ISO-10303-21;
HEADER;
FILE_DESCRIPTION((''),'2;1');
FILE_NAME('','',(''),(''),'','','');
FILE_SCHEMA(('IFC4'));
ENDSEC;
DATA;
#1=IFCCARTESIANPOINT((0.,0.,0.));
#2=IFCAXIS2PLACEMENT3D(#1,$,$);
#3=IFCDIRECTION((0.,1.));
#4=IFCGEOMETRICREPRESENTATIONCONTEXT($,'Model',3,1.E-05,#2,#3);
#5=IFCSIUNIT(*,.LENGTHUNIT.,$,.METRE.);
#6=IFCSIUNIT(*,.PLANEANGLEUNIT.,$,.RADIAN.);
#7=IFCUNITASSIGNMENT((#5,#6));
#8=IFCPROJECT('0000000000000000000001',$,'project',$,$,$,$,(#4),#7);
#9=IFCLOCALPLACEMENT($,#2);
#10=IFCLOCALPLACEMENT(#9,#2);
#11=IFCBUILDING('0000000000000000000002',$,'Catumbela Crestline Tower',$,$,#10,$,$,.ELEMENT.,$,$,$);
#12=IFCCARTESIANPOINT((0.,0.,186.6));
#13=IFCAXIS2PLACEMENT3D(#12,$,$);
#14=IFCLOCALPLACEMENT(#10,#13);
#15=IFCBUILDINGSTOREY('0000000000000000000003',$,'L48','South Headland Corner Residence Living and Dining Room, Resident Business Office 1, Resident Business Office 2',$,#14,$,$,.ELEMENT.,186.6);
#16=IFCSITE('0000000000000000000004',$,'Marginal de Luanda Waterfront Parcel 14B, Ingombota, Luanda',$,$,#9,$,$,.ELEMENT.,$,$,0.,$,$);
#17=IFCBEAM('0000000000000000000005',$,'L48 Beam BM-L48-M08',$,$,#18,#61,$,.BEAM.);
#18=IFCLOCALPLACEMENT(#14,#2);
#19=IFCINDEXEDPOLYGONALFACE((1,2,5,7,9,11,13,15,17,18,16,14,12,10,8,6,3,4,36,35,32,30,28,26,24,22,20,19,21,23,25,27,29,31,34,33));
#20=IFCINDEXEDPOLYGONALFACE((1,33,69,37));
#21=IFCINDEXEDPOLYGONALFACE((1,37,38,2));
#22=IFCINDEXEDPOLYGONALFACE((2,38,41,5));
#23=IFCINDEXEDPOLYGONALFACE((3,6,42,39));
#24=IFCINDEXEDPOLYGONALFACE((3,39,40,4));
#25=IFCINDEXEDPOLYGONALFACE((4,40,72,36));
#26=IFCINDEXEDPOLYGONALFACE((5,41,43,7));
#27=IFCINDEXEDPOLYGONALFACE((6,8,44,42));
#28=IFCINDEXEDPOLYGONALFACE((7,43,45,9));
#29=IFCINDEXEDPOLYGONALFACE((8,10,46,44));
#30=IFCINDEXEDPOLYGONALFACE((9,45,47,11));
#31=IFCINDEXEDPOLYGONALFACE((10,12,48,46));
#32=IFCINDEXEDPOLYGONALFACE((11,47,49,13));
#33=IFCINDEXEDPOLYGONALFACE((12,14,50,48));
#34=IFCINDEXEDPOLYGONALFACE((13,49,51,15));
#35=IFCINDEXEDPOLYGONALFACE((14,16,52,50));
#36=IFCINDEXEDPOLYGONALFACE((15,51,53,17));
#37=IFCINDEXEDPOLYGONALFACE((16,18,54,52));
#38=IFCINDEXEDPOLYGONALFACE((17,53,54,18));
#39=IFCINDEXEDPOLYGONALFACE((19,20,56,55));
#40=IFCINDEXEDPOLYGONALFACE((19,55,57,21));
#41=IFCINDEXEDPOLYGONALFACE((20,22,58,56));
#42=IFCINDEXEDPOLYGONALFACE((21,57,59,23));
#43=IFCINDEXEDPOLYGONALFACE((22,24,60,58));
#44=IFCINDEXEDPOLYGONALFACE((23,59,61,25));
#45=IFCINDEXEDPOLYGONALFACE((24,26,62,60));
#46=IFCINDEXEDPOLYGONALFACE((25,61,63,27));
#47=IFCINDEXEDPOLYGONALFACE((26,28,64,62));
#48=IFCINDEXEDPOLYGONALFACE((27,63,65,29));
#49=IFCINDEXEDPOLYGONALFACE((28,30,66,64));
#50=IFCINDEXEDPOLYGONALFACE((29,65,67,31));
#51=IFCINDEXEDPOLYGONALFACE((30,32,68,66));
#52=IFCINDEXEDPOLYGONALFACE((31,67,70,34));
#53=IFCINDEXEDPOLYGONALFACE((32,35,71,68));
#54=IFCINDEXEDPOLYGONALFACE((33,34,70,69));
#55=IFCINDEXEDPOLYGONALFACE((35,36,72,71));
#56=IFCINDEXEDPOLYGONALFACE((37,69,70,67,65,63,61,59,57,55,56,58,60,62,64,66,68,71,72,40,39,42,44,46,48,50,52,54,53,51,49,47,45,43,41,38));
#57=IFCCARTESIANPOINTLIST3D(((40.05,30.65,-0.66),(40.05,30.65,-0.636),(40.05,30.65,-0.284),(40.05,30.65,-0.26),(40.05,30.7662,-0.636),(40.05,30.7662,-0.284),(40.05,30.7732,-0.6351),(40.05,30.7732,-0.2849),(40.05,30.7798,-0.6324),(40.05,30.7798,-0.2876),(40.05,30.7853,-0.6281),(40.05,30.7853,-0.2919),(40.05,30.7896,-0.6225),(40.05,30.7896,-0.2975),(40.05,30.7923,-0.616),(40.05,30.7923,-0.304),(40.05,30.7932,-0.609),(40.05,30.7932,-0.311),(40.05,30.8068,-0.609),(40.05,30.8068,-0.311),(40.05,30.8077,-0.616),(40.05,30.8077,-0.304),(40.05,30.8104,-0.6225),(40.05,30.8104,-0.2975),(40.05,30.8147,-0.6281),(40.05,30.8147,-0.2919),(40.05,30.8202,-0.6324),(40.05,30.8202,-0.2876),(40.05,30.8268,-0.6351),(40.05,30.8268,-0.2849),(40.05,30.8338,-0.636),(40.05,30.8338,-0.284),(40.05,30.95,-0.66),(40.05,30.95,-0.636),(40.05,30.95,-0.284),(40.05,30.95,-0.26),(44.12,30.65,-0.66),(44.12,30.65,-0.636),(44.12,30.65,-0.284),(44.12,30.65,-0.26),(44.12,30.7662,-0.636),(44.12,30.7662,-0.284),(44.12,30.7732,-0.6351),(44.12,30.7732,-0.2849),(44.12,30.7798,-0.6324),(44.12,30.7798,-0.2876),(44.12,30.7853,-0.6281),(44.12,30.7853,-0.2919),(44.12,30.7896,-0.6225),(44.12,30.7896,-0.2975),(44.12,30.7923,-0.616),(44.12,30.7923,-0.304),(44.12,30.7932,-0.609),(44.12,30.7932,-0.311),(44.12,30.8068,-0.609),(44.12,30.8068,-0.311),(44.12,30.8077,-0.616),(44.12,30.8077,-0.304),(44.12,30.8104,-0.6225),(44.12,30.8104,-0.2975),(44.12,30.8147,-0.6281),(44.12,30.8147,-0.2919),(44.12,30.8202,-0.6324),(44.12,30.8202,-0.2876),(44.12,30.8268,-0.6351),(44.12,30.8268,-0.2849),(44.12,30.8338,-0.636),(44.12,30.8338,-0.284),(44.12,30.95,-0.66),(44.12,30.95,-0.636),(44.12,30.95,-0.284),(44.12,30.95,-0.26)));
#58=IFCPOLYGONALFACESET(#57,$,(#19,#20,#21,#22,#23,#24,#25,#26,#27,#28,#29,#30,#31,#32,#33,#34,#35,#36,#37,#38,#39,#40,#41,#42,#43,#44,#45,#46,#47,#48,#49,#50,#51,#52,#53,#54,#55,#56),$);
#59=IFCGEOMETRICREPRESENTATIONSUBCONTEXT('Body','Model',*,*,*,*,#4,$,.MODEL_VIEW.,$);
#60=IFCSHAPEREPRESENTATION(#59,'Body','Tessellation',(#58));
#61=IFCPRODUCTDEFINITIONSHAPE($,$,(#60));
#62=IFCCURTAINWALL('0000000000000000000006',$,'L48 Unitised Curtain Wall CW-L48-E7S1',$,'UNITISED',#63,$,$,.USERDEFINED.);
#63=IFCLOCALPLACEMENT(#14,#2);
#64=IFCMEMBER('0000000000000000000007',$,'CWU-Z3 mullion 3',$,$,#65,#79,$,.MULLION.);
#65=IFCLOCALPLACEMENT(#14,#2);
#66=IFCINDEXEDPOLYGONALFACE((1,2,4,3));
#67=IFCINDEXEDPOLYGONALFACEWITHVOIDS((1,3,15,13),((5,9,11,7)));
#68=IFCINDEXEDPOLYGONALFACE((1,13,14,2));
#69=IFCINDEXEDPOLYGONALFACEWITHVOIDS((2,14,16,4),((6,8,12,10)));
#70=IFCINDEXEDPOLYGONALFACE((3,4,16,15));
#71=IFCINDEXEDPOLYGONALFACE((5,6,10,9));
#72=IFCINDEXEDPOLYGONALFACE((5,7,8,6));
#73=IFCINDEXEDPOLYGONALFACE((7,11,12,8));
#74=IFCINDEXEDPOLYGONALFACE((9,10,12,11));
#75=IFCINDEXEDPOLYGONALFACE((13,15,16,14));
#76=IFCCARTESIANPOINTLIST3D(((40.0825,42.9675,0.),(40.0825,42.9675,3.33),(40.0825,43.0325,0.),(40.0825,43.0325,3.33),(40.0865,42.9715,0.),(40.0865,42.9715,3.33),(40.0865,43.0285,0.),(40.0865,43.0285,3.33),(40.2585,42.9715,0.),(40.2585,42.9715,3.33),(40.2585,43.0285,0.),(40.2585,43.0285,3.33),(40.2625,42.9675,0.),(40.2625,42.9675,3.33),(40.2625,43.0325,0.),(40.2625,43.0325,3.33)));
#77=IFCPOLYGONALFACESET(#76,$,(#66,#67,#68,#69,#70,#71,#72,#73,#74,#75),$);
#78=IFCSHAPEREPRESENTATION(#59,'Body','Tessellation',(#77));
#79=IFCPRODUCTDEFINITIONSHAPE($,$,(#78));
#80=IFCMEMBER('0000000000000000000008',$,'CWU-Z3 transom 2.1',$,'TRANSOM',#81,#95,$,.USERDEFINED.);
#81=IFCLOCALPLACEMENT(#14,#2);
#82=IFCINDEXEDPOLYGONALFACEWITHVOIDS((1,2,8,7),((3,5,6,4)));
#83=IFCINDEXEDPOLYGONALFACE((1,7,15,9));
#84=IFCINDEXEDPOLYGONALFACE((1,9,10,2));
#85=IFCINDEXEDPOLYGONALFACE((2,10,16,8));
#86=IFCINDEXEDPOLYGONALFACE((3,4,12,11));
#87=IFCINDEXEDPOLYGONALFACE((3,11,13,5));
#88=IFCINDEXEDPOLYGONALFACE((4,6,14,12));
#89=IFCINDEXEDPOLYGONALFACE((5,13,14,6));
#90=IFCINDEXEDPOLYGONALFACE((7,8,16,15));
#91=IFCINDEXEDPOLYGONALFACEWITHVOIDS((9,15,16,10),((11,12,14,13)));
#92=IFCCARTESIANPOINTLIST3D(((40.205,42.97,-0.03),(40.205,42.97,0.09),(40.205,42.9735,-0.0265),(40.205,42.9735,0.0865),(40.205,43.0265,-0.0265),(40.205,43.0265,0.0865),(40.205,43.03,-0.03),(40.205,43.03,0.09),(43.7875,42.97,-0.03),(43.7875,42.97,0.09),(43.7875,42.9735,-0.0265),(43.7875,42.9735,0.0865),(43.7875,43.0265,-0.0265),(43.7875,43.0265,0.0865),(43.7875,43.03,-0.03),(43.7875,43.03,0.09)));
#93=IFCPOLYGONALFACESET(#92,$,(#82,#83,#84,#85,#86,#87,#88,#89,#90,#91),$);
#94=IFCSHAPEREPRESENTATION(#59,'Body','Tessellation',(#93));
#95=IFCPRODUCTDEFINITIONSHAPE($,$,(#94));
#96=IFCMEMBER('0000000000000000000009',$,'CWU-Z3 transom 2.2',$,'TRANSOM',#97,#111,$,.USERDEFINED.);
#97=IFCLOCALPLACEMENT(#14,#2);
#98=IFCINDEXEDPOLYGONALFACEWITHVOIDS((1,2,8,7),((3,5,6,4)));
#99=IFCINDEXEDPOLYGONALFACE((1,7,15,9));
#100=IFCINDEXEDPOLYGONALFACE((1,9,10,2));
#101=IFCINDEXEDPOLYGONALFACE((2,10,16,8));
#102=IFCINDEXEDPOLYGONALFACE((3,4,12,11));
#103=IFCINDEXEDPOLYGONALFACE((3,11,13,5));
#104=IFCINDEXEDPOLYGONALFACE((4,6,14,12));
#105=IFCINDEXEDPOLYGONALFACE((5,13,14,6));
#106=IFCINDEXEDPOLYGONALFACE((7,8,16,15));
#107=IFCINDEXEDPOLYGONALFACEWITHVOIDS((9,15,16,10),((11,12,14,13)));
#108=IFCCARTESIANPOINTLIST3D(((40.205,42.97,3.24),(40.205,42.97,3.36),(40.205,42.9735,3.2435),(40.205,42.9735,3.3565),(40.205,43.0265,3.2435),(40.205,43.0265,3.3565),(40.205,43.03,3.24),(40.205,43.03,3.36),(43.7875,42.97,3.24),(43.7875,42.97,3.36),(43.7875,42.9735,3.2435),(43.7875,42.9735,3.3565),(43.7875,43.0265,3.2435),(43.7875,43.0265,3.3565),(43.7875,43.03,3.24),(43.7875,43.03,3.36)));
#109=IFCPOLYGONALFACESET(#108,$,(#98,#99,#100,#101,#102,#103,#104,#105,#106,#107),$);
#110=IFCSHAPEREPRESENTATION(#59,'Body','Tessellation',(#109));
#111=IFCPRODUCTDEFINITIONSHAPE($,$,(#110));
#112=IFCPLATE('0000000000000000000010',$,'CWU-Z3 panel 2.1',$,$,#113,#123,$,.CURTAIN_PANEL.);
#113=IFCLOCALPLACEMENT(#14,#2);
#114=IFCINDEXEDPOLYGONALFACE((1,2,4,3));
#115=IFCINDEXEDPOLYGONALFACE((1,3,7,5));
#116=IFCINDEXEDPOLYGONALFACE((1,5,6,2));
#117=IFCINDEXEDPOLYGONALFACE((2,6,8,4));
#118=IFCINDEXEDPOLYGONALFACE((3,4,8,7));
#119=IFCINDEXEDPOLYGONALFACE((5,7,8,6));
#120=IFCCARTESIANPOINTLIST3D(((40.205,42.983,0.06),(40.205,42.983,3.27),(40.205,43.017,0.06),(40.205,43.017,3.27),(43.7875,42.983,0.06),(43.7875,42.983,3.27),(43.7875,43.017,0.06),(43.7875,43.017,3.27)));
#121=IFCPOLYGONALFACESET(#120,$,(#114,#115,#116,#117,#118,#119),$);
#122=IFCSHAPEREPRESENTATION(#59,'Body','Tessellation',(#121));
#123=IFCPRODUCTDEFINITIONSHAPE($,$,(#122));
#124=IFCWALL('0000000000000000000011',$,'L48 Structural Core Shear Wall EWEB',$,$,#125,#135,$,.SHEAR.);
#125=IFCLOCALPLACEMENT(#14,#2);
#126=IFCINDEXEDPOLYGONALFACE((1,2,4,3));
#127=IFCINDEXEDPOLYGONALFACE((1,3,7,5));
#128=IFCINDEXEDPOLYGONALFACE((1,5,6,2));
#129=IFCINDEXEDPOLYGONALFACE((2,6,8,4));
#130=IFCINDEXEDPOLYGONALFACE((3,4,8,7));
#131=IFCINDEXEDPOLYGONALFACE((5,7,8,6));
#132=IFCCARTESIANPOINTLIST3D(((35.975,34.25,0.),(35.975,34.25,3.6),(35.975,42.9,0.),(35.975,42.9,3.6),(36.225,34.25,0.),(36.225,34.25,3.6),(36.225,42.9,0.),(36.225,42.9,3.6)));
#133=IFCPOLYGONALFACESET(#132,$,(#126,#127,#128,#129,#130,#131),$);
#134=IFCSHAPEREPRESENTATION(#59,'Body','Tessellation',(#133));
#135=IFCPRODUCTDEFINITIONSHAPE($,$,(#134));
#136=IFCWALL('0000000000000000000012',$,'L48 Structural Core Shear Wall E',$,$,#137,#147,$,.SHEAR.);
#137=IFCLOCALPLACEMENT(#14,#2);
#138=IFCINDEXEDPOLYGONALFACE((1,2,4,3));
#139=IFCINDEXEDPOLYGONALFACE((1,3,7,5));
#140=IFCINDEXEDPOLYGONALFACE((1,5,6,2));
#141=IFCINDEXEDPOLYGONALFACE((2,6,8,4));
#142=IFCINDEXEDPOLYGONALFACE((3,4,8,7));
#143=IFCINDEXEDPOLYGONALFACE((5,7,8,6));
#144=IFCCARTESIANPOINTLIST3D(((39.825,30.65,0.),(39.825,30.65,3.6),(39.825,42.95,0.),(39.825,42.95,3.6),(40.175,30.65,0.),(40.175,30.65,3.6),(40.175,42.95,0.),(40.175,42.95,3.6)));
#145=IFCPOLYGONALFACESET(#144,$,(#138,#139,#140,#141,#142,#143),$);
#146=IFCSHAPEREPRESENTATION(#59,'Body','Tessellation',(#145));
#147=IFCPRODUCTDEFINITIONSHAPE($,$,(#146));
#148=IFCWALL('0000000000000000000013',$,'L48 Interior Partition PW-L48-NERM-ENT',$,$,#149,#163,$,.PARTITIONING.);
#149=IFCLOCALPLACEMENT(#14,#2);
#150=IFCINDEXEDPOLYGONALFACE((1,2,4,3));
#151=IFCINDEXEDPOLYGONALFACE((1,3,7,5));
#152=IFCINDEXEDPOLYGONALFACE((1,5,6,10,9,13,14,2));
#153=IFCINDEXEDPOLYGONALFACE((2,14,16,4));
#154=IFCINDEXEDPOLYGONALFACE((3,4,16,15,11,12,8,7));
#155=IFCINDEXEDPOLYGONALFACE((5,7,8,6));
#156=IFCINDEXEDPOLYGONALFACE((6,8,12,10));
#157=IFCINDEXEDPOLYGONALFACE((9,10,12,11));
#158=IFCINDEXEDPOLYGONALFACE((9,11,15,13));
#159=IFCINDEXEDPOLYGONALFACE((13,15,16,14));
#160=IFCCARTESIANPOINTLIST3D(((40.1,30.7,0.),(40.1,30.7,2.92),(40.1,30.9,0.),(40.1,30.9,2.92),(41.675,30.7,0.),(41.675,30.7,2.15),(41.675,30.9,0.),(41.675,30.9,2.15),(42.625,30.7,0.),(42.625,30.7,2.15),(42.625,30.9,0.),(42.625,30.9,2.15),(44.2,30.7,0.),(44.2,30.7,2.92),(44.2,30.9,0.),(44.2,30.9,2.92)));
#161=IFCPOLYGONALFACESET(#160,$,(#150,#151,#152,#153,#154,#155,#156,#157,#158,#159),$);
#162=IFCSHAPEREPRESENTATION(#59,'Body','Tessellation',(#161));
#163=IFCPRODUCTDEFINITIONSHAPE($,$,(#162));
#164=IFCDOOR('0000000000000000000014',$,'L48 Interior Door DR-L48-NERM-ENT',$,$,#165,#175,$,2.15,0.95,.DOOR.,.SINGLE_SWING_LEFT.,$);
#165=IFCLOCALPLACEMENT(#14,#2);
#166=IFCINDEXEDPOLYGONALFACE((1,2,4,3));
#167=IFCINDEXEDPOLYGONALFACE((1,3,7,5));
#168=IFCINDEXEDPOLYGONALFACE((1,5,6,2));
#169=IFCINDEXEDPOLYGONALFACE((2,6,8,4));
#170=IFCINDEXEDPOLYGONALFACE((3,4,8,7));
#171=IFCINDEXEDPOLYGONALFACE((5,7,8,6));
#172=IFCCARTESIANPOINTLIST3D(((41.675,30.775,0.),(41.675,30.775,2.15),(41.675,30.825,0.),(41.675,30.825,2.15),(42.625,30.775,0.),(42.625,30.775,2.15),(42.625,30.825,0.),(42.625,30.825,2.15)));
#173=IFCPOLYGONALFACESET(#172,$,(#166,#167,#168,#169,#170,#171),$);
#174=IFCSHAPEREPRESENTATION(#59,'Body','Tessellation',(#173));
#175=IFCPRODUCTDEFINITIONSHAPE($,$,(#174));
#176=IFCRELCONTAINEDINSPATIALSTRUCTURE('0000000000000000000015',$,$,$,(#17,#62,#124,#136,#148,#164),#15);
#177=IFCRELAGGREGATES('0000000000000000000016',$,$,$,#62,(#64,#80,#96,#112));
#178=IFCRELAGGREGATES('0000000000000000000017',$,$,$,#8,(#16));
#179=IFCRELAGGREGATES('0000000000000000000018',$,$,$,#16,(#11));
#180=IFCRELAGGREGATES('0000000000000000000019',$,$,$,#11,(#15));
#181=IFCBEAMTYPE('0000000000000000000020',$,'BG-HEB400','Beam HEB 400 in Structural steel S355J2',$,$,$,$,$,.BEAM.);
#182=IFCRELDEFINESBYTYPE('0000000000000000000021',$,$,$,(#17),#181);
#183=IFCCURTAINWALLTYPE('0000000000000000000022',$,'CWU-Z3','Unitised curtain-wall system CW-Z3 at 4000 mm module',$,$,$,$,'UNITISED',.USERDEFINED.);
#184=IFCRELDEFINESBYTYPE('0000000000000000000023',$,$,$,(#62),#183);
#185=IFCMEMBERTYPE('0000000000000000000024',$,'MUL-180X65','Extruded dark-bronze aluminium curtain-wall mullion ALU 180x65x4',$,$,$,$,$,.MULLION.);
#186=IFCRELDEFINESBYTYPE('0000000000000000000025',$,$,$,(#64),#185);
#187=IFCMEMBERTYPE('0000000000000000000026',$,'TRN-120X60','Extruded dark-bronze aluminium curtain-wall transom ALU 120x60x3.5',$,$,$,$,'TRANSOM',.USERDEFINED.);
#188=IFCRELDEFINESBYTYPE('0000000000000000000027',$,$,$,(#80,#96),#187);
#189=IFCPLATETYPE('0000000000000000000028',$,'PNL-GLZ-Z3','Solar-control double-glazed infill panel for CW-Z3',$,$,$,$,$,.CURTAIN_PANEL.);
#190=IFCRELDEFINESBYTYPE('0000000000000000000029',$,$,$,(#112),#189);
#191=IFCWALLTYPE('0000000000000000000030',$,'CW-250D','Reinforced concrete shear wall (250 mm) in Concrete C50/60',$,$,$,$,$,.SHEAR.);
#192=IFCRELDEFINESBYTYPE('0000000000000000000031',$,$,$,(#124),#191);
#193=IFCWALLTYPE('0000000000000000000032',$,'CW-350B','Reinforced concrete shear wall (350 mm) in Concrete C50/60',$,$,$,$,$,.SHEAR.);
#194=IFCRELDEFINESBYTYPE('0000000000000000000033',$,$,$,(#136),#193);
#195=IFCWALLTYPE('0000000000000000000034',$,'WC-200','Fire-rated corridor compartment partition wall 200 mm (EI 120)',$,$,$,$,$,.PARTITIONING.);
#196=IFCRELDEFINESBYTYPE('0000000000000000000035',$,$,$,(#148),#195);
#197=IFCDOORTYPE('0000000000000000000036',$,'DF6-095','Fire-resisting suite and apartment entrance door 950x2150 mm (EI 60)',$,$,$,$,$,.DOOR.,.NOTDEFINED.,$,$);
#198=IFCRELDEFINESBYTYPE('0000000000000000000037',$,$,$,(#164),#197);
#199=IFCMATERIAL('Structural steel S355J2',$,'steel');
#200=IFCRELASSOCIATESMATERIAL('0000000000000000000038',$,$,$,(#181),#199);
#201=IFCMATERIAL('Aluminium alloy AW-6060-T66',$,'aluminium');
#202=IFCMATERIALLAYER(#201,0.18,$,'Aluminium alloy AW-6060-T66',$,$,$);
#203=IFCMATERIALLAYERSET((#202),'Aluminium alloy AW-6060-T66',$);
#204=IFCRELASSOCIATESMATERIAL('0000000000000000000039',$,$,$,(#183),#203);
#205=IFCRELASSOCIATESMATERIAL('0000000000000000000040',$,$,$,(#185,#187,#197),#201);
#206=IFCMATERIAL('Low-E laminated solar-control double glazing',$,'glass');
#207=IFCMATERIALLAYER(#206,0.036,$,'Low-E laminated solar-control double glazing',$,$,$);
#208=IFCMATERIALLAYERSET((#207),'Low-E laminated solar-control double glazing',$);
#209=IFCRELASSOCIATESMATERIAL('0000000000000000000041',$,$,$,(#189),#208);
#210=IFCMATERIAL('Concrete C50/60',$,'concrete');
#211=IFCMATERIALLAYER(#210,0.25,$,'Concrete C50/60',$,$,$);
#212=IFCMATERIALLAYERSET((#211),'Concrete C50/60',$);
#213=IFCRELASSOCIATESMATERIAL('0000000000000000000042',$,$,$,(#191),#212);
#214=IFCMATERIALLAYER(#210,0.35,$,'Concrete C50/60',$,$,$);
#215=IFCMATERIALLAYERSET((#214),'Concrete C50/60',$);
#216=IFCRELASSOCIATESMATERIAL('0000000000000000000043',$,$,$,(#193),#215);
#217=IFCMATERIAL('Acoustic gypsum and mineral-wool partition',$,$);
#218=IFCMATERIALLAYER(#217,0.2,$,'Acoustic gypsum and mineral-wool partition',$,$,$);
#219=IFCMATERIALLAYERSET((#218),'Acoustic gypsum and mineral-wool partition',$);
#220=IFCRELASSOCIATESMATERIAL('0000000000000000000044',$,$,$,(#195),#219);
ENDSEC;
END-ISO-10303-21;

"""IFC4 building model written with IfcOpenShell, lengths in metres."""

from ifc_helpers import new_model, si_unit, direction, frame, frame_2d, origin, origin_2d, place, context, subcontext, project, spatial, rectangle, hollow_rectangle, i_section, extrude, material, layer, layer_set, material_profile, profile_set, type_object, element, fill, aggregate, save


model = new_model("IFC4")

# Units and contexts
model_context = context("Model", 3, precision=1e-05, world=origin(), true_north=direction((0.0, 1.0)))
body_context = subcontext(model_context, "Body", "Model", "MODEL_VIEW")
ifc_project = project(units=[si_unit("LENGTHUNIT", "METRE"), si_unit("PLANEANGLEUNIT", "RADIAN")], contexts=[model_context])

# Site, building, storey
site_placement = place(None, origin())
site = spatial("IfcSite", under=ifc_project, at=site_placement, Name="Marginal de Luanda Waterfront Parcel 14B, Ingombota, Luanda", CompositionType="ELEMENT", RefElevation=0.0)
building_placement = place(site_placement, origin())
building = spatial("IfcBuilding", under=site, at=building_placement, Name="Catumbela Crestline Tower", CompositionType="ELEMENT")
storey_placement = place(building_placement, frame((0.0, 0.0, 186.6)))
storey = spatial("IfcBuildingStorey", under=building, at=storey_placement, Name="L48", Description="South Headland Corner Residence Living and Dining Room, Resident Business Office 1, Resident Business Office 2", CompositionType="ELEMENT", Elevation=186.6)

# Beam
ifc_material_1 = material(Name="Structural steel S355J2", Category="steel")
ifc_material_profile_1 = material_profile(ifc_material_1, i_section(OverallWidth=0.3, OverallDepth=0.4, WebThickness=0.0135, FlangeThickness=0.024, FilletRadius=0.027, at=origin_2d()), Name="HEB 400")
ifc_profile_set_1 = profile_set([ifc_material_profile_1], Name="Structural steel S355J2")
beam_type = type_object("IfcBeamType", Name="BG-HEB400", Description="Beam HEB 400 in Structural steel S355J2", PredefinedType="BEAM", material=ifc_profile_set_1)
beam_placement = place(storey_placement, frame((40.05, 30.8, -0.46), z_axis=(1.0, 0.0, 0.0), x_axis=(0.0, 1.0, 0.0)))
element("IfcBeam", 1, at=beam_placement, inside=storey, type_object=beam_type, Name="L48 Beam BM-L48-M08", PredefinedType="BEAM", context=body_context, shape_type="SweptSolid", body=[
    extrude(i_section(OverallWidth=0.3, OverallDepth=0.4, WebThickness=0.0135, FlangeThickness=0.024, FilletRadius=0.027, at=origin_2d()), origin(), (0.0, 0.0, 1.0), 4.07),
])

# Curtain wall, members, plate
ifc_material_2 = material(Name="Aluminium alloy AW-6060-T66", Category="aluminium")
ifc_layer_1 = layer(ifc_material_2, 0.18, Name="Aluminium alloy AW-6060-T66")
ifc_layer_set_1 = layer_set([ifc_layer_1], Name="Aluminium alloy AW-6060-T66")
curtain_wall_type = type_object("IfcCurtainWallType", Name="CWU-Z3", Description="Unitised curtain-wall system CW-Z3 at 4000 mm module", ElementType="UNITISED", PredefinedType="USERDEFINED", material=ifc_layer_set_1)
curtain_wall_placement = place(storey_placement, origin())
curtain_wall = element("IfcCurtainWall", 2, at=curtain_wall_placement, inside=storey, type_object=curtain_wall_type, Name="L48 Unitised Curtain Wall CW-L48-E7S1", ObjectType="UNITISED", PredefinedType="USERDEFINED")
ifc_material_profile_2 = material_profile(ifc_material_2, hollow_rectangle(XDim=0.065, YDim=0.18, WallThickness=0.004, at=origin_2d()), Name="ALU 180x65x4")
ifc_profile_set_2 = profile_set([ifc_material_profile_2], Name="Aluminium alloy AW-6060-T66")
member_type_1 = type_object("IfcMemberType", Name="MUL-180X65", Description="Extruded dark-bronze aluminium curtain-wall mullion ALU 180x65x4", PredefinedType="MULLION", material=ifc_profile_set_2)
member_1_placement = place(storey_placement, frame((40.1725, 43.0, 0.0), z_axis=(0.0, 0.0, 1.0), x_axis=(0.0, -1.0, 0.0)))
member_1 = element("IfcMember", 3, at=member_1_placement, type_object=member_type_1, Name="CWU-Z3 mullion 3", PredefinedType="MULLION", context=body_context, shape_type="SweptSolid", body=[
    extrude(hollow_rectangle(XDim=0.065, YDim=0.18, WallThickness=0.004, at=origin_2d()), origin(), (0.0, 0.0, 1.0), 3.33),
])
ifc_material_profile_3 = material_profile(ifc_material_2, hollow_rectangle(XDim=0.06, YDim=0.12, WallThickness=0.0035, at=origin_2d()), Name="ALU 120x60x3.5")
ifc_profile_set_3 = profile_set([ifc_material_profile_3], Name="Aluminium alloy AW-6060-T66")
member_type_2 = type_object("IfcMemberType", Name="TRN-120X60", Description="Extruded dark-bronze aluminium curtain-wall transom ALU 120x60x3.5", ElementType="TRANSOM", PredefinedType="USERDEFINED", material=ifc_profile_set_3)
member_2_placement = place(storey_placement, frame((43.7875, 43.0, 0.03), z_axis=(-1.0, 0.0, 0.0), x_axis=(0.0, -1.0, 0.0)))
member_2 = element("IfcMember", 4, at=member_2_placement, type_object=member_type_2, Name="CWU-Z3 transom 2.1", ObjectType="TRANSOM", PredefinedType="USERDEFINED", context=body_context, shape_type="SweptSolid", body=[
    extrude(hollow_rectangle(XDim=0.06, YDim=0.12, WallThickness=0.0035, at=origin_2d()), origin(), (0.0, 0.0, 1.0), 3.5825),
])
member_3_placement = place(storey_placement, frame((43.7875, 43.0, 3.3), z_axis=(-1.0, 0.0, 0.0), x_axis=(0.0, -1.0, 0.0)))
member_3 = element("IfcMember", 5, at=member_3_placement, type_object=member_type_2, Name="CWU-Z3 transom 2.2", ObjectType="TRANSOM", PredefinedType="USERDEFINED", context=body_context, shape_type="SweptSolid", body=[
    extrude(hollow_rectangle(XDim=0.06, YDim=0.12, WallThickness=0.0035, at=origin_2d()), origin(), (0.0, 0.0, 1.0), 3.5825),
])
ifc_material_3 = material(Name="Low-E laminated solar-control double glazing", Category="glass")
ifc_layer_2 = layer(ifc_material_3, 0.036, Name="Low-E laminated solar-control double glazing")
ifc_layer_set_2 = layer_set([ifc_layer_2], Name="Low-E laminated solar-control double glazing")
plate_type = type_object("IfcPlateType", Name="PNL-GLZ-Z3", Description="Solar-control double-glazed infill panel for CW-Z3", PredefinedType="CURTAIN_PANEL", material=ifc_layer_set_2)
plate_placement = place(storey_placement, frame((41.9963, 43.0, 0.06), z_axis=(0.0, 0.0, 1.0), x_axis=(-1.0, 0.0, 0.0)))
plate = element("IfcPlate", 6, at=plate_placement, type_object=plate_type, Name="CWU-Z3 panel 2.1", PredefinedType="CURTAIN_PANEL", context=body_context, shape_type="SweptSolid", body=[
    extrude(rectangle(XDim=3.5825, YDim=0.034, at=origin_2d()), origin(), (0.0, 0.0, 1.0), 3.21),
])
aggregate(curtain_wall, [member_1, member_2, member_3, plate])

# Walls
ifc_material_4 = material(Name="Concrete C50/60", Category="concrete")
ifc_layer_3 = layer(ifc_material_4, 0.25, Name="Concrete C50/60")
ifc_layer_set_3 = layer_set([ifc_layer_3], Name="Concrete C50/60")
wall_type_1 = type_object("IfcWallType", Name="CW-250D", Description="Reinforced concrete shear wall (250 mm) in Concrete C50/60", PredefinedType="SHEAR", material=ifc_layer_set_3)
wall_1_placement = place(storey_placement, frame((36.1, 34.25, 0.0), z_axis=(0.0, 0.0, 1.0), x_axis=(0.0, 1.0, 0.0)))
element("IfcWall", 7, at=wall_1_placement, inside=storey, type_object=wall_type_1, Name="L48 Structural Core Shear Wall EWEB", PredefinedType="SHEAR", context=body_context, shape_type="SweptSolid", body=[
    extrude(rectangle(XDim=8.65, YDim=0.25, at=frame_2d((4.325, 0.0))), origin(), (0.0, 0.0, 1.0), 3.6),
])
ifc_layer_4 = layer(ifc_material_4, 0.35, Name="Concrete C50/60")
ifc_layer_set_4 = layer_set([ifc_layer_4], Name="Concrete C50/60")
wall_type_2 = type_object("IfcWallType", Name="CW-350B", Description="Reinforced concrete shear wall (350 mm) in Concrete C50/60", PredefinedType="SHEAR", material=ifc_layer_set_4)
wall_2_placement = place(storey_placement, frame((40.0, 30.65, 0.0), z_axis=(0.0, 0.0, 1.0), x_axis=(0.0, 1.0, 0.0)))
element("IfcWall", 8, at=wall_2_placement, inside=storey, type_object=wall_type_2, Name="L48 Structural Core Shear Wall E", PredefinedType="SHEAR", context=body_context, shape_type="SweptSolid", body=[
    extrude(rectangle(XDim=12.3, YDim=0.35, at=frame_2d((6.15, 0.0))), origin(), (0.0, 0.0, 1.0), 3.6),
])

# Wall, opening, door
ifc_material_5 = material(Name="Acoustic gypsum and mineral-wool partition")
ifc_layer_5 = layer(ifc_material_5, 0.2, Name="Acoustic gypsum and mineral-wool partition")
ifc_layer_set_5 = layer_set([ifc_layer_5], Name="Acoustic gypsum and mineral-wool partition")
wall_type_3 = type_object("IfcWallType", Name="WC-200", Description="Fire-rated corridor compartment partition wall 200 mm (EI 120)", PredefinedType="PARTITIONING", material=ifc_layer_set_5)
wall_3_placement = place(storey_placement, frame((40.1, 30.8, 0.0), z_axis=(0.0, 0.0, 1.0), x_axis=(1.0, 0.0, 0.0)))
wall_3 = element("IfcWall", 9, at=wall_3_placement, inside=storey, type_object=wall_type_3, Name="L48 Interior Partition PW-L48-NERM-ENT", PredefinedType="PARTITIONING", context=body_context, shape_type="SweptSolid", body=[
    extrude(rectangle(XDim=4.1, YDim=0.2, at=frame_2d((2.05, 0.0))), origin(), (0.0, 0.0, 1.0), 2.92),
])
opening_1_placement = place(wall_3_placement, frame((1.575, 0.0, 0.0)))
opening_1 = element("IfcOpeningElement", 10, at=opening_1_placement, cuts=wall_3, PredefinedType="OPENING", context=body_context, shape_type="SweptSolid", body=[
    extrude(rectangle(XDim=0.95, YDim=2.15, at=frame_2d((0.475, 1.075))), frame((0.0, 0.11, 0.0), z_axis=(0.0, -1.0, 0.0), x_axis=(1.0, 0.0, 0.0)), (0.0, 0.0, 1.0), 0.22),
])
door_type_1 = type_object("IfcDoorType", Name="DF6-095", Description="Fire-resisting suite and apartment entrance door 950x2150 mm (EI 60)", OperationType="NOTDEFINED", PredefinedType="DOOR", material=ifc_material_2)
door_1_placement = place(opening_1_placement, origin())
door_1 = element("IfcDoor", 11, at=door_1_placement, inside=storey, type_object=door_type_1, Name="L48 Interior Door DR-L48-NERM-ENT", OperationType="SINGLE_SWING_LEFT", OverallHeight=2.15, OverallWidth=0.95, PredefinedType="DOOR", context=body_context, shape_type="SweptSolid", body=[
    extrude(rectangle(XDim=0.95, YDim=2.15, at=frame_2d((0.475, 1.075))), frame((0.0, 0.025, 0.0), z_axis=(0.0, -1.0, 0.0), x_axis=(1.0, 0.0, 0.0)), (0.0, 0.0, 1.0), 0.05),
])
fill(opening_1, door_1)

save(model, "model.ifc")
